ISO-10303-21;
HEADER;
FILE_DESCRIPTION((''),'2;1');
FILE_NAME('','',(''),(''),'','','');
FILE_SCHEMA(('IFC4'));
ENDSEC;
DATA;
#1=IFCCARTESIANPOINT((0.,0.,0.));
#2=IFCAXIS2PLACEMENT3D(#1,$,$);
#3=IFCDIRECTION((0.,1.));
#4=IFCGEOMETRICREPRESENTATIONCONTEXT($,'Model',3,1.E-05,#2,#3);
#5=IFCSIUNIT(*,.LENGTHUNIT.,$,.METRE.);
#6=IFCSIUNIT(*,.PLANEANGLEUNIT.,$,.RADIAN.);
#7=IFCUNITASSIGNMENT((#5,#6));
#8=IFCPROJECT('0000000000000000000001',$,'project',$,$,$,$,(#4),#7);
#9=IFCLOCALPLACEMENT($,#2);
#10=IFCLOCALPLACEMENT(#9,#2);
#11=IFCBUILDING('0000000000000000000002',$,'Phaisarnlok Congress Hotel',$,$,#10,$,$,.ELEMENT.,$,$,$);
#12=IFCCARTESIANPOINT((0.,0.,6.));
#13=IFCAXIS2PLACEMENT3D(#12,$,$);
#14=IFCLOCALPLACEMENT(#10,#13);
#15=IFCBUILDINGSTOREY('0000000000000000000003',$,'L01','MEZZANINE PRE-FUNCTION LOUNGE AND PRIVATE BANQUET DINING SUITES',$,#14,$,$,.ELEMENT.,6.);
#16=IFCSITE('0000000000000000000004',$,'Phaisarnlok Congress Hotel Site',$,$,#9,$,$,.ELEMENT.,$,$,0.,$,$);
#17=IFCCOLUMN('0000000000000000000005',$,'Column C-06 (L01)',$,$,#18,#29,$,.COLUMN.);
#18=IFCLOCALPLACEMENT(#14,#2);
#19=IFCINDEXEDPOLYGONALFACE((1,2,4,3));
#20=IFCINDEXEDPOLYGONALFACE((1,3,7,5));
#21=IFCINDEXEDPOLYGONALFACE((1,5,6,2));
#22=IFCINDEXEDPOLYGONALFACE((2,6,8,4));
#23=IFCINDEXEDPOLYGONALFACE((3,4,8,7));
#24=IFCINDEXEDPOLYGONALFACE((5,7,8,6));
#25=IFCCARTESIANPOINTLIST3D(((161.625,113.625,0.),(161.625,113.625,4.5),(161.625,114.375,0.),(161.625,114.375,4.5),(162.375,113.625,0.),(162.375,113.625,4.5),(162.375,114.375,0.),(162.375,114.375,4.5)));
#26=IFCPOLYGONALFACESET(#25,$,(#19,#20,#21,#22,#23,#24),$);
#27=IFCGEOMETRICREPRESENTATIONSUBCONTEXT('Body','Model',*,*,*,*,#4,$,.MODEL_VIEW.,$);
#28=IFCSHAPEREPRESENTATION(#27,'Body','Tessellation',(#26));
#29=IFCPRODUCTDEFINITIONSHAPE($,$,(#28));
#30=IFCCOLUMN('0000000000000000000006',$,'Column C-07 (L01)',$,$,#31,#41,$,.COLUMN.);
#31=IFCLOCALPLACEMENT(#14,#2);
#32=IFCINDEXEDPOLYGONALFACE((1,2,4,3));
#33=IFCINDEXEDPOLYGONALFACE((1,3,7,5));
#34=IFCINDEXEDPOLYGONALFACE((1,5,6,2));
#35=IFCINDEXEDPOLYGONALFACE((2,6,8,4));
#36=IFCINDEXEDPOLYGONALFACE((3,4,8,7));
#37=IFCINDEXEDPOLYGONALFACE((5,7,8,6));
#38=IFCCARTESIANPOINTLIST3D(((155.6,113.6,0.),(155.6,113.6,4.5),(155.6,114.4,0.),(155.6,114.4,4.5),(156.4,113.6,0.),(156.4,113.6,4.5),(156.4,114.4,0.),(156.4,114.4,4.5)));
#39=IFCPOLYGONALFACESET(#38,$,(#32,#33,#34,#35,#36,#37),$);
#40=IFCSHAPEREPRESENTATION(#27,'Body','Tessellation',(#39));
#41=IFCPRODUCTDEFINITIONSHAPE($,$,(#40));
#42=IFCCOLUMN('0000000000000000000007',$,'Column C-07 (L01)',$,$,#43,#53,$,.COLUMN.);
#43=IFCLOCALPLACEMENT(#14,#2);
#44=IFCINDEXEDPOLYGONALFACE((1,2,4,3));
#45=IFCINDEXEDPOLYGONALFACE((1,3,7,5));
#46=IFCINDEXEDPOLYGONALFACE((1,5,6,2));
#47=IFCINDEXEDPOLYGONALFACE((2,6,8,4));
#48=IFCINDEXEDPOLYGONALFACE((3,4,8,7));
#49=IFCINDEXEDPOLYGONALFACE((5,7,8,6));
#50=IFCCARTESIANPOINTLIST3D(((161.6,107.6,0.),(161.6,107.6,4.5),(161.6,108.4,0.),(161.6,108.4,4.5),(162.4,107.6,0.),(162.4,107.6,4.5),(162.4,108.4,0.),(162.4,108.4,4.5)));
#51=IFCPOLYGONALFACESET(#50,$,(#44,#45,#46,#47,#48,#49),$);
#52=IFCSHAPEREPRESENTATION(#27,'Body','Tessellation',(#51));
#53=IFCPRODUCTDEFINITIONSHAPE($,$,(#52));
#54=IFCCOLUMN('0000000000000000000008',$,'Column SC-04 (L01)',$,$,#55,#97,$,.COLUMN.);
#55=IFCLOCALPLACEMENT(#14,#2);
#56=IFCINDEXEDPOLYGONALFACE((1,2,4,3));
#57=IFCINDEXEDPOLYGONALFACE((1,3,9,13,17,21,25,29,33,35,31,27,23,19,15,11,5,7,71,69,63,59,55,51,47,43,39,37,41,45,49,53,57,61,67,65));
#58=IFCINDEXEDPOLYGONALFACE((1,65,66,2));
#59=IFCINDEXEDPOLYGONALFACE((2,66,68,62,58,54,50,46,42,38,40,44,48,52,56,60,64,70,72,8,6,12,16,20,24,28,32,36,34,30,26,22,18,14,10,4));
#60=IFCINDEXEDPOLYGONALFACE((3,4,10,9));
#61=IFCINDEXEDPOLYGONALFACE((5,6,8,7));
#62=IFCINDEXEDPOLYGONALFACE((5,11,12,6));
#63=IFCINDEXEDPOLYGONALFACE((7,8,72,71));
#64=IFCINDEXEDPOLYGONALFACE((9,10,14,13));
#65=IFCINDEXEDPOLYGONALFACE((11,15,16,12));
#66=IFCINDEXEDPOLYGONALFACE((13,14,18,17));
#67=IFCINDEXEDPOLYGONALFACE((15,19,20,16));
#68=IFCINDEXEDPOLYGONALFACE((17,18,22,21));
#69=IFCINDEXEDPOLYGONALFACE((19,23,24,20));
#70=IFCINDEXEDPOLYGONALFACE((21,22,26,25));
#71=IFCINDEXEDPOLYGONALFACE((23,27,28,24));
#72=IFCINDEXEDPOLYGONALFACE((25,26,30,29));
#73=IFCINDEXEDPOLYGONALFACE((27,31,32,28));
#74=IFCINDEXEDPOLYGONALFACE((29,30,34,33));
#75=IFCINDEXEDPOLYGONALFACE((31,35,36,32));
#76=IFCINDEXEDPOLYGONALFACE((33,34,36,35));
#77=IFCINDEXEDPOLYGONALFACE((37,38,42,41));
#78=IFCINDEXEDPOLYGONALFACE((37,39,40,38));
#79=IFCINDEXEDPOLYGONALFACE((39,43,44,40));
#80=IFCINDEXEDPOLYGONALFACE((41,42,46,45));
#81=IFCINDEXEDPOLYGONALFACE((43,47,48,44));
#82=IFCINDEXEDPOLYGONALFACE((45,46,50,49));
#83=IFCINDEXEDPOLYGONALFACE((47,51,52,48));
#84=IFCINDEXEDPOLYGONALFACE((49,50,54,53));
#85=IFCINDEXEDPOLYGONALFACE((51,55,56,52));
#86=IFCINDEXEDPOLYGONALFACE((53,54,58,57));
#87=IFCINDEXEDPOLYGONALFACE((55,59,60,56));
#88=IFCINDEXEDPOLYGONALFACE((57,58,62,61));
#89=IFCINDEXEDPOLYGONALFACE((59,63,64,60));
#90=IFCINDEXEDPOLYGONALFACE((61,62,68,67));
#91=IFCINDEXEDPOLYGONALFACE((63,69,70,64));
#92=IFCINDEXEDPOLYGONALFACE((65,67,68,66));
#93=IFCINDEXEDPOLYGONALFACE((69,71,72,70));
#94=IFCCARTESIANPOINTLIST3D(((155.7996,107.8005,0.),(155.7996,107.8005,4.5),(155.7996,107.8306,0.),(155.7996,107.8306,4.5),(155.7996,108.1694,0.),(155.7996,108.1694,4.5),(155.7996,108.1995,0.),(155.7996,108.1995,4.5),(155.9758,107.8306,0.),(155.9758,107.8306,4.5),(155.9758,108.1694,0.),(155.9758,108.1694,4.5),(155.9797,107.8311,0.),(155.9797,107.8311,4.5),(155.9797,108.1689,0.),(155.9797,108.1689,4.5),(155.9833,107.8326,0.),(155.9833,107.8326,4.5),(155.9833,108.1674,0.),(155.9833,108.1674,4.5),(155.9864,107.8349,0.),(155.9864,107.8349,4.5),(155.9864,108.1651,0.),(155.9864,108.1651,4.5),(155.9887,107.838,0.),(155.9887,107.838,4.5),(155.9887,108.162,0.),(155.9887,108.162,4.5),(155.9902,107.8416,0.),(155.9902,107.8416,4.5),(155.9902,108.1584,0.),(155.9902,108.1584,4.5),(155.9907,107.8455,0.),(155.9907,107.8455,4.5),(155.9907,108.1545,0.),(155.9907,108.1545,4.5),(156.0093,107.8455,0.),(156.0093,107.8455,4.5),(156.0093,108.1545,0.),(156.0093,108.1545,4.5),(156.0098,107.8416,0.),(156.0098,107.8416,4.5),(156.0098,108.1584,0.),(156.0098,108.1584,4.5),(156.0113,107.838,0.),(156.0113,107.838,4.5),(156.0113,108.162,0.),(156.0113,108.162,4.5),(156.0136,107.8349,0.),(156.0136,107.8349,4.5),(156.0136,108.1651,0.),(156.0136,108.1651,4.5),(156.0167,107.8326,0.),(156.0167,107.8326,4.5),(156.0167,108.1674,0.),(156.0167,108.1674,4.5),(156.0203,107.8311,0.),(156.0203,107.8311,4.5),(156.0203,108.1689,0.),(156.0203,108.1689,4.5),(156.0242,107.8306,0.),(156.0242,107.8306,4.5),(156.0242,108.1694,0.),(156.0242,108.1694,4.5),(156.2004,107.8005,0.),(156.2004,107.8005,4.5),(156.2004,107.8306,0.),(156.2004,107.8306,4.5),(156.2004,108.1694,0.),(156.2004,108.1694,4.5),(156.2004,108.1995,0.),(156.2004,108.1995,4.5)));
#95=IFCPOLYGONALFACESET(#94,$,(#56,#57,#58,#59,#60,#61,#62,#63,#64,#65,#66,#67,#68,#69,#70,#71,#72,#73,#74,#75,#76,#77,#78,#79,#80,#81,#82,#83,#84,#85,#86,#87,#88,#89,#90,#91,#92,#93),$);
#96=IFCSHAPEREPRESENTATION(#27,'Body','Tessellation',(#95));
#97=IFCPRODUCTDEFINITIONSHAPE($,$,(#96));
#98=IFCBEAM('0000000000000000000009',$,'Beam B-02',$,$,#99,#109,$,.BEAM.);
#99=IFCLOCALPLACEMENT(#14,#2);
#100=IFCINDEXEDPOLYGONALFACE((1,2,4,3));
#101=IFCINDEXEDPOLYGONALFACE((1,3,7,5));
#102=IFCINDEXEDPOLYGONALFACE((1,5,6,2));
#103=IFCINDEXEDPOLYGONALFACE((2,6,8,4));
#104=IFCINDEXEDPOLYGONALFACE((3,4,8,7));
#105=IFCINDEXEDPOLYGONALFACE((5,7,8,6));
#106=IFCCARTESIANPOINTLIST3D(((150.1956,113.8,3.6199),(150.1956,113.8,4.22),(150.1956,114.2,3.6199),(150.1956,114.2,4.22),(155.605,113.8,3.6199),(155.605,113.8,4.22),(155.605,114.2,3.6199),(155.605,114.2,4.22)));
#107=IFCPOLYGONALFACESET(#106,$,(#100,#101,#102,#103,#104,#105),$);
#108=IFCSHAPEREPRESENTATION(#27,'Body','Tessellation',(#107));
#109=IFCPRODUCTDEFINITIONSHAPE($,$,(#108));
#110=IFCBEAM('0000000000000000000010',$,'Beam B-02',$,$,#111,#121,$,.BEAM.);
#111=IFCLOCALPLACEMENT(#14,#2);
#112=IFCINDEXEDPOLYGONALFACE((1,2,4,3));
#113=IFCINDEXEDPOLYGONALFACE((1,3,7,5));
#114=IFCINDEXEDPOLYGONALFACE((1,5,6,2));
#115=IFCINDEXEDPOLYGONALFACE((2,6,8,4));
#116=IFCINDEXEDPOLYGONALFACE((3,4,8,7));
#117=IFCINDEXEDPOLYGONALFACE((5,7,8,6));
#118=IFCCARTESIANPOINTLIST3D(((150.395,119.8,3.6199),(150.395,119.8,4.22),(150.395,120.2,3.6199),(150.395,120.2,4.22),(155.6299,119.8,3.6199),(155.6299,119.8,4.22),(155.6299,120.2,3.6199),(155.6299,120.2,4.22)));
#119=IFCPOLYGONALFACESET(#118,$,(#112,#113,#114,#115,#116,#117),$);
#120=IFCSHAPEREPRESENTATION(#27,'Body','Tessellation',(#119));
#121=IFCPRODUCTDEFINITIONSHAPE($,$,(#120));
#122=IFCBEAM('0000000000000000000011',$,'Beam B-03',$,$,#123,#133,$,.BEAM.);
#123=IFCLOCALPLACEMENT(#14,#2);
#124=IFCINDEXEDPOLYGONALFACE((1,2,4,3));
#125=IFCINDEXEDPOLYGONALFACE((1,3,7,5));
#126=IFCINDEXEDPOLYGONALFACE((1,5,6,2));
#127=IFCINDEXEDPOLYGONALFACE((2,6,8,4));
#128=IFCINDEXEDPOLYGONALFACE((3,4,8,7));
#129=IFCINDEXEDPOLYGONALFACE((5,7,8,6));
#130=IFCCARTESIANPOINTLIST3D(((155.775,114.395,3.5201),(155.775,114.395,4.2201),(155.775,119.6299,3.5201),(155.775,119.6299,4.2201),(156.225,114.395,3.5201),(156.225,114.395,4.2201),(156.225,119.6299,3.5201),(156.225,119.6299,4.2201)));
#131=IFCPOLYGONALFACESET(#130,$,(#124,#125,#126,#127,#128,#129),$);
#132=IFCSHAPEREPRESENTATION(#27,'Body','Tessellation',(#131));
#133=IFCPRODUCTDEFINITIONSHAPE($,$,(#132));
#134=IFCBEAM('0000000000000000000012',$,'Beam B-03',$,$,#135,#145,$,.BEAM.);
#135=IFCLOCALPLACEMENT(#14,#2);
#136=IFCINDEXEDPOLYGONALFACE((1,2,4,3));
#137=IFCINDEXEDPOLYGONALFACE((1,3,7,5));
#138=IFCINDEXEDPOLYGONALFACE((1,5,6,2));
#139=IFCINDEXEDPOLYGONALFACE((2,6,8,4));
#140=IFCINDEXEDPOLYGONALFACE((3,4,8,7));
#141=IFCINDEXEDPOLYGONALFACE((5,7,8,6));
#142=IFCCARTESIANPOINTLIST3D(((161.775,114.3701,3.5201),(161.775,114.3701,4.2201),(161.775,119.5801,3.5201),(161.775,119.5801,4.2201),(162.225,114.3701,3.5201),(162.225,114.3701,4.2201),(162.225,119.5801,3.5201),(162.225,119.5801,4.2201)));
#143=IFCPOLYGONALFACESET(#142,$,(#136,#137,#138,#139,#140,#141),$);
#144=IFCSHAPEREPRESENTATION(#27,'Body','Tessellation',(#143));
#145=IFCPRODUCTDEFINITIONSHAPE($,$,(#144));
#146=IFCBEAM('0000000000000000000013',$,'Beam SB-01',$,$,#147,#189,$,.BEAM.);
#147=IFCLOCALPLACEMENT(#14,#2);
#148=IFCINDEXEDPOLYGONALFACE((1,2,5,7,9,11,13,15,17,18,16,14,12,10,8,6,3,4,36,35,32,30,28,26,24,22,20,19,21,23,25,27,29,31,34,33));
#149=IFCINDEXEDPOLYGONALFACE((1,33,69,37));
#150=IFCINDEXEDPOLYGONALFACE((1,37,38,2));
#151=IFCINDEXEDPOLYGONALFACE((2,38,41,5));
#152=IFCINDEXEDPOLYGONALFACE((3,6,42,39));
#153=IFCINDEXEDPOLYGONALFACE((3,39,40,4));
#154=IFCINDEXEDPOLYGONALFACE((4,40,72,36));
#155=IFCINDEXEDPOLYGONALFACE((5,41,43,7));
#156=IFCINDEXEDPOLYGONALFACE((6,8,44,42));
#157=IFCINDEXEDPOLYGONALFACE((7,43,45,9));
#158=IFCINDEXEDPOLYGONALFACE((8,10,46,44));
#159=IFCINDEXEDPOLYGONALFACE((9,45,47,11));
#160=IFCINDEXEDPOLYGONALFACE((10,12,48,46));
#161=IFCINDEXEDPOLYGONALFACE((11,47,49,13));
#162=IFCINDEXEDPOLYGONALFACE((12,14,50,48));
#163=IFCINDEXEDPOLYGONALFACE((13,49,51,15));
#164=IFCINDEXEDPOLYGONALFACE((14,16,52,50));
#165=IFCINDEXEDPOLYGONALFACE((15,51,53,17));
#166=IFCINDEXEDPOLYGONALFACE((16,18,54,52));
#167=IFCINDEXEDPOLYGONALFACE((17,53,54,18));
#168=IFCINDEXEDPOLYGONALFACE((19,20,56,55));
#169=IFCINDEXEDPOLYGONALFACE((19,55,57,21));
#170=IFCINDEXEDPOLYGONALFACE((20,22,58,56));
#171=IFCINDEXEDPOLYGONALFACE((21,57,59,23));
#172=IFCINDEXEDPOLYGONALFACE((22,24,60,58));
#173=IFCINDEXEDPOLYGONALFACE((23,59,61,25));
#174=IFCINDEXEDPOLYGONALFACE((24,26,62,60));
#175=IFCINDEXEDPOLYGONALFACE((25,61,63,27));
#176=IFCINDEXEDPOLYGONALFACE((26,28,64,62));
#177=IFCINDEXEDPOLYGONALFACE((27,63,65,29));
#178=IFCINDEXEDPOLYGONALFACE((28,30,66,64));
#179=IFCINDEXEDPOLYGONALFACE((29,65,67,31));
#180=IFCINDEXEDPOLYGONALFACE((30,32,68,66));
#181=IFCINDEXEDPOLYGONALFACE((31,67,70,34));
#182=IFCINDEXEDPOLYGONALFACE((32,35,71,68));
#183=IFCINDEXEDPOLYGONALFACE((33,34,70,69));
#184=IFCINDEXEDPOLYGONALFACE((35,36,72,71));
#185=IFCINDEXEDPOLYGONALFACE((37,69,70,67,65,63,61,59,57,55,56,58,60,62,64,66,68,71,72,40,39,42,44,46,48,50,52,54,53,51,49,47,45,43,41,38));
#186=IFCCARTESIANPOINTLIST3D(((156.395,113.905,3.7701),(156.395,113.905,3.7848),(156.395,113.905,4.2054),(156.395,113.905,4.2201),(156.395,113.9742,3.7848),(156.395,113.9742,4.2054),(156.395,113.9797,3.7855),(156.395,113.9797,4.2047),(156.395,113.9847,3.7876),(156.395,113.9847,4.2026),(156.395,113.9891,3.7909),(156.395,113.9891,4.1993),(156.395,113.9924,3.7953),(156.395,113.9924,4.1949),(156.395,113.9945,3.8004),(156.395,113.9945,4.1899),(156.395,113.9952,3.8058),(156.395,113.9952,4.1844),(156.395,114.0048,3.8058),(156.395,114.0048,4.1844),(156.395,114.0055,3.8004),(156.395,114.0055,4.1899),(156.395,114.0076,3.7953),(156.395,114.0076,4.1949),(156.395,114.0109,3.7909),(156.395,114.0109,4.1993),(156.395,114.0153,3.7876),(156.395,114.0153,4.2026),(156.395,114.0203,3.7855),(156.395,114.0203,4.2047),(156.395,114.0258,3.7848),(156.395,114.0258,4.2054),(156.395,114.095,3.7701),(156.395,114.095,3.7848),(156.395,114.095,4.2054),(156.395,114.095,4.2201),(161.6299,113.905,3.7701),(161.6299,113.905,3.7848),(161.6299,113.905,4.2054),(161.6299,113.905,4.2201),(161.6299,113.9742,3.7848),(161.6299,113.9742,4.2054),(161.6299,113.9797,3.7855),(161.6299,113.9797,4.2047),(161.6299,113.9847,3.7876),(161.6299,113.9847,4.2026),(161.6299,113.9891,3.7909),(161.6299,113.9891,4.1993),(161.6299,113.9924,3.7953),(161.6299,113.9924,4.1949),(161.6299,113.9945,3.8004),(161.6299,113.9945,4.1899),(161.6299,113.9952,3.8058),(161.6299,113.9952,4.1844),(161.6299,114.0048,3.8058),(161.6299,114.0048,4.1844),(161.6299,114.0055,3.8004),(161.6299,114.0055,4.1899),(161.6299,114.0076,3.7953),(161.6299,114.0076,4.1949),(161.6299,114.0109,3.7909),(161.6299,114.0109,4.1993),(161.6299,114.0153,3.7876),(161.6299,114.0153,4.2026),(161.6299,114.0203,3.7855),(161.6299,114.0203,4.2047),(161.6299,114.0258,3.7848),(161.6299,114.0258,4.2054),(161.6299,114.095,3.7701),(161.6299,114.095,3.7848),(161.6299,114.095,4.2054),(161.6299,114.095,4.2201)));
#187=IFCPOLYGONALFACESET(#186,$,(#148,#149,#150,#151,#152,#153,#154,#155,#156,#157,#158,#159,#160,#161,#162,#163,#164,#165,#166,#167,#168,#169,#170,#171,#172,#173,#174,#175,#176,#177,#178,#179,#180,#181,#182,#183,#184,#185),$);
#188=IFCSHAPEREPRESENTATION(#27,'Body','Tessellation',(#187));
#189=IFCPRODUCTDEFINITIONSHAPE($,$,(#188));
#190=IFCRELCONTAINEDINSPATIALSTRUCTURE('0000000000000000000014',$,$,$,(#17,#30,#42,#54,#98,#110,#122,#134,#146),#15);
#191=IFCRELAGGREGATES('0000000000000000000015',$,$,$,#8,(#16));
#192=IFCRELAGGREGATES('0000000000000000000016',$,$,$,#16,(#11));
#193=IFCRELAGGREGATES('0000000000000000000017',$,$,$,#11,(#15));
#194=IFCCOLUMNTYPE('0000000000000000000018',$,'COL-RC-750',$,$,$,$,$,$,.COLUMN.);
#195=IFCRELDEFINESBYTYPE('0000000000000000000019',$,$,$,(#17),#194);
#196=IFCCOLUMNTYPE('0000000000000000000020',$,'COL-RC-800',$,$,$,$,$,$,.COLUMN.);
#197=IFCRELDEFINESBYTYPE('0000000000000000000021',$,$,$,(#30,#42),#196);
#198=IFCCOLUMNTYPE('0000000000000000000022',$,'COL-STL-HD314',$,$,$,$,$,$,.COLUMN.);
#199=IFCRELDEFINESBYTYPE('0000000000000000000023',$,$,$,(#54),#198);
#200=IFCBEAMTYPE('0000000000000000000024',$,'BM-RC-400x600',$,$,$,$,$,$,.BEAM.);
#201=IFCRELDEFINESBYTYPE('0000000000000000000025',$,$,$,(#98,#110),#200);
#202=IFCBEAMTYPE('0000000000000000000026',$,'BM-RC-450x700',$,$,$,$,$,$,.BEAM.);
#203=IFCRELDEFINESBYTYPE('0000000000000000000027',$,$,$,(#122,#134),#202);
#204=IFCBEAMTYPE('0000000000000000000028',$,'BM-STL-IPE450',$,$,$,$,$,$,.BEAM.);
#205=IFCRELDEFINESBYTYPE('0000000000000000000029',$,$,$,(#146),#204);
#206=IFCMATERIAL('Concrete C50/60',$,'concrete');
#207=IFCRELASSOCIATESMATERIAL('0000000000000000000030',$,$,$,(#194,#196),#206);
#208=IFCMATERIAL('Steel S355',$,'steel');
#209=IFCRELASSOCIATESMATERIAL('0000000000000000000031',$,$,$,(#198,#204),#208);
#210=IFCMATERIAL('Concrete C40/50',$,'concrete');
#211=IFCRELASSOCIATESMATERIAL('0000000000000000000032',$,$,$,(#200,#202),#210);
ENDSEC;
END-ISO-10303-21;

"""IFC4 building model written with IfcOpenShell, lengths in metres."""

from ifc_helpers import new_model, si_unit, direction, frame, origin, origin_2d, place, context, subcontext, project, spatial, rectangle, i_section, extrude, material, material_profile, profile_set, type_object, element, save


model = new_model("IFC4")

# Units and contexts
model_context = context("Model", 3, precision=1e-05, world=origin(), true_north=direction((0.0, 1.0)))
body_context = subcontext(model_context, "Body", "Model", "MODEL_VIEW")
ifc_project = project(units=[si_unit("LENGTHUNIT", "METRE"), si_unit("PLANEANGLEUNIT", "RADIAN")], contexts=[model_context])

# Site, building, storey
site_placement = place(None, origin())
site = spatial("IfcSite", under=ifc_project, at=site_placement, Name="Phaisarnlok Congress Hotel Site", CompositionType="ELEMENT", RefElevation=0.0)
building_placement = place(site_placement, origin())
building = spatial("IfcBuilding", under=site, at=building_placement, Name="Phaisarnlok Congress Hotel", CompositionType="ELEMENT")
storey_placement = place(building_placement, frame((0.0, 0.0, 6.0)))
storey = spatial("IfcBuildingStorey", under=building, at=storey_placement, Name="L01", Description="MEZZANINE PRE-FUNCTION LOUNGE AND PRIVATE BANQUET DINING SUITES", CompositionType="ELEMENT", Elevation=6.0)

# Columns
ifc_material_1 = material(Name="Concrete C50/60", Category="concrete")
ifc_material_profile_1 = material_profile(ifc_material_1, rectangle(XDim=0.75, YDim=0.75, at=origin_2d()), Name="RC 750x750")
ifc_profile_set_1 = profile_set([ifc_material_profile_1], Name="Concrete C50/60")
column_type_1 = type_object("IfcColumnType", Name="COL-RC-750", PredefinedType="COLUMN", material=ifc_profile_set_1)
column_1_placement = place(storey_placement, frame((162.0, 114.0, 0.0), z_axis=(0.0, 0.0, 1.0), x_axis=(1.0, 0.0, 0.0)))
element("IfcColumn", 1, at=column_1_placement, inside=storey, type_object=column_type_1, Name="Column C-06 (L01)", PredefinedType="COLUMN", context=body_context, shape_type="SweptSolid", body=[
    extrude(rectangle(XDim=0.75, YDim=0.75, at=origin_2d()), origin(), (0.0, 0.0, 1.0), 4.5),
])
ifc_material_profile_2 = material_profile(ifc_material_1, rectangle(XDim=0.8, YDim=0.8, at=origin_2d()), Name="RC 800x800")
ifc_profile_set_2 = profile_set([ifc_material_profile_2], Name="Concrete C50/60")
column_type_2 = type_object("IfcColumnType", Name="COL-RC-800", PredefinedType="COLUMN", material=ifc_profile_set_2)
for number, where, z_axis, x_axis, name in (
    (2, (156.0, 114.0, 0.0), (0.0, 0.0, 1.0), (1.0, 0.0, 0.0), "Column C-07 (L01)"),
    (3, (162.0, 108.0, 0.0), (0.0, 0.0, 1.0), (1.0, 0.0, 0.0), "Column C-07 (L01)"),
):
    element("IfcColumn", number, at=place(storey_placement, frame(where, z_axis=z_axis, x_axis=x_axis)), inside=storey, type_object=column_type_2, Name=name, PredefinedType="COLUMN", context=body_context, shape_type="SweptSolid", body=[
        extrude(rectangle(XDim=0.8, YDim=0.8, at=origin_2d()), origin(), (0.0, 0.0, 1.0), 4.5),
    ])
ifc_material_2 = material(Name="Steel S355", Category="steel")
ifc_material_profile_3 = material_profile(ifc_material_2, i_section(OverallWidth=0.4009, OverallDepth=0.3989, WebThickness=0.0186, FlangeThickness=0.03, FilletRadius=0.0149, at=origin_2d()), Name="HD 400x314")
ifc_profile_set_3 = profile_set([ifc_material_profile_3], Name="Steel S355")
column_type_3 = type_object("IfcColumnType", Name="COL-STL-HD314", PredefinedType="COLUMN", material=ifc_profile_set_3)
column_2_placement = place(storey_placement, frame((156.0, 108.0, 0.0), z_axis=(0.0, 0.0, 1.0), x_axis=(1.0, 0.0, 0.0)))
element("IfcColumn", 4, at=column_2_placement, inside=storey, type_object=column_type_3, Name="Column SC-04 (L01)", PredefinedType="COLUMN", context=body_context, shape_type="SweptSolid", body=[
    extrude(i_section(OverallWidth=0.4009, OverallDepth=0.3989, WebThickness=0.0186, FlangeThickness=0.03, FilletRadius=0.0149, at=origin_2d()), origin(), (0.0, 0.0, 1.0), 4.5),
])

# Beams
ifc_material_3 = material(Name="Concrete C40/50", Category="concrete")
ifc_material_profile_4 = material_profile(ifc_material_3, rectangle(XDim=0.3999, YDim=0.6001, at=origin_2d()), Name="RC 400x600")
ifc_profile_set_4 = profile_set([ifc_material_profile_4], Name="Concrete C40/50")
beam_type_1 = type_object("IfcBeamType", Name="BM-RC-400x600", PredefinedType="BEAM", material=ifc_profile_set_4)
beam_1_placement = place(storey_placement, frame((150.1956, 114.0, 3.9199), z_axis=(1.0, 0.0, 0.0), x_axis=(0.0, 1.0, 0.0)))
element("IfcBeam", 5, at=beam_1_placement, inside=storey, type_object=beam_type_1, Name="Beam B-02", PredefinedType="BEAM", context=body_context, shape_type="SweptSolid", body=[
    extrude(rectangle(XDim=0.3999, YDim=0.6001, at=origin_2d()), origin(), (0.0, 0.0, 1.0), 5.4094),
])
beam_2_placement = place(storey_placement, frame((150.395, 120.0, 3.9199), z_axis=(1.0, 0.0, 0.0), x_axis=(0.0, 1.0, 0.0)))
element("IfcBeam", 6, at=beam_2_placement, inside=storey, type_object=beam_type_1, Name="Beam B-02", PredefinedType="BEAM", context=body_context, shape_type="SweptSolid", body=[
    extrude(rectangle(XDim=0.3999, YDim=0.6001, at=origin_2d()), origin(), (0.0, 0.0, 1.0), 5.2349),
])
ifc_material_profile_5 = material_profile(ifc_material_3, rectangle(XDim=0.45, YDim=0.7, at=origin_2d()), Name="RC 450x700")
ifc_profile_set_5 = profile_set([ifc_material_profile_5], Name="Concrete C40/50")
beam_type_2 = type_object("IfcBeamType", Name="BM-RC-450x700", PredefinedType="BEAM", material=ifc_profile_set_5)
beam_3_placement = place(storey_placement, frame((156.0, 114.395, 3.8701), z_axis=(0.0, 1.0, 0.0), x_axis=(-1.0, 0.0, 0.0)))
element("IfcBeam", 7, at=beam_3_placement, inside=storey, type_object=beam_type_2, Name="Beam B-03", PredefinedType="BEAM", context=body_context, shape_type="SweptSolid", body=[
    extrude(rectangle(XDim=0.45, YDim=0.7, at=origin_2d()), origin(), (0.0, 0.0, 1.0), 5.2349),
])
beam_4_placement = place(storey_placement, frame((162.0, 114.3701, 3.8701), z_axis=(0.0, 1.0, 0.0), x_axis=(-1.0, 0.0, 0.0)))
element("IfcBeam", 8, at=beam_4_placement, inside=storey, type_object=beam_type_2, Name="Beam B-03", PredefinedType="BEAM", context=body_context, shape_type="SweptSolid", body=[
    extrude(rectangle(XDim=0.45, YDim=0.7, at=origin_2d()), origin(), (0.0, 0.0, 1.0), 5.21),
])
ifc_material_profile_6 = material_profile(ifc_material_2, i_section(OverallWidth=0.1899, OverallDepth=0.45, WebThickness=0.0095, FlangeThickness=0.0146, FilletRadius=0.021, at=origin_2d()), Name="IPE 450")
ifc_profile_set_6 = profile_set([ifc_material_profile_6], Name="Steel S355")
beam_type_3 = type_object("IfcBeamType", Name="BM-STL-IPE450", PredefinedType="BEAM", material=ifc_profile_set_6)
beam_5_placement = place(storey_placement, frame((156.395, 114.0, 3.9951), z_axis=(1.0, 0.0, 0.0), x_axis=(0.0, 1.0, 0.0)))
element("IfcBeam", 9, at=beam_5_placement, inside=storey, type_object=beam_type_3, Name="Beam SB-01", PredefinedType="BEAM", context=body_context, shape_type="SweptSolid", body=[
    extrude(i_section(OverallWidth=0.1899, OverallDepth=0.45, WebThickness=0.0095, FlangeThickness=0.0146, FilletRadius=0.021, at=origin_2d()), origin(), (0.0, 0.0, 1.0), 5.2349),
])

save(model, "model.ifc")
